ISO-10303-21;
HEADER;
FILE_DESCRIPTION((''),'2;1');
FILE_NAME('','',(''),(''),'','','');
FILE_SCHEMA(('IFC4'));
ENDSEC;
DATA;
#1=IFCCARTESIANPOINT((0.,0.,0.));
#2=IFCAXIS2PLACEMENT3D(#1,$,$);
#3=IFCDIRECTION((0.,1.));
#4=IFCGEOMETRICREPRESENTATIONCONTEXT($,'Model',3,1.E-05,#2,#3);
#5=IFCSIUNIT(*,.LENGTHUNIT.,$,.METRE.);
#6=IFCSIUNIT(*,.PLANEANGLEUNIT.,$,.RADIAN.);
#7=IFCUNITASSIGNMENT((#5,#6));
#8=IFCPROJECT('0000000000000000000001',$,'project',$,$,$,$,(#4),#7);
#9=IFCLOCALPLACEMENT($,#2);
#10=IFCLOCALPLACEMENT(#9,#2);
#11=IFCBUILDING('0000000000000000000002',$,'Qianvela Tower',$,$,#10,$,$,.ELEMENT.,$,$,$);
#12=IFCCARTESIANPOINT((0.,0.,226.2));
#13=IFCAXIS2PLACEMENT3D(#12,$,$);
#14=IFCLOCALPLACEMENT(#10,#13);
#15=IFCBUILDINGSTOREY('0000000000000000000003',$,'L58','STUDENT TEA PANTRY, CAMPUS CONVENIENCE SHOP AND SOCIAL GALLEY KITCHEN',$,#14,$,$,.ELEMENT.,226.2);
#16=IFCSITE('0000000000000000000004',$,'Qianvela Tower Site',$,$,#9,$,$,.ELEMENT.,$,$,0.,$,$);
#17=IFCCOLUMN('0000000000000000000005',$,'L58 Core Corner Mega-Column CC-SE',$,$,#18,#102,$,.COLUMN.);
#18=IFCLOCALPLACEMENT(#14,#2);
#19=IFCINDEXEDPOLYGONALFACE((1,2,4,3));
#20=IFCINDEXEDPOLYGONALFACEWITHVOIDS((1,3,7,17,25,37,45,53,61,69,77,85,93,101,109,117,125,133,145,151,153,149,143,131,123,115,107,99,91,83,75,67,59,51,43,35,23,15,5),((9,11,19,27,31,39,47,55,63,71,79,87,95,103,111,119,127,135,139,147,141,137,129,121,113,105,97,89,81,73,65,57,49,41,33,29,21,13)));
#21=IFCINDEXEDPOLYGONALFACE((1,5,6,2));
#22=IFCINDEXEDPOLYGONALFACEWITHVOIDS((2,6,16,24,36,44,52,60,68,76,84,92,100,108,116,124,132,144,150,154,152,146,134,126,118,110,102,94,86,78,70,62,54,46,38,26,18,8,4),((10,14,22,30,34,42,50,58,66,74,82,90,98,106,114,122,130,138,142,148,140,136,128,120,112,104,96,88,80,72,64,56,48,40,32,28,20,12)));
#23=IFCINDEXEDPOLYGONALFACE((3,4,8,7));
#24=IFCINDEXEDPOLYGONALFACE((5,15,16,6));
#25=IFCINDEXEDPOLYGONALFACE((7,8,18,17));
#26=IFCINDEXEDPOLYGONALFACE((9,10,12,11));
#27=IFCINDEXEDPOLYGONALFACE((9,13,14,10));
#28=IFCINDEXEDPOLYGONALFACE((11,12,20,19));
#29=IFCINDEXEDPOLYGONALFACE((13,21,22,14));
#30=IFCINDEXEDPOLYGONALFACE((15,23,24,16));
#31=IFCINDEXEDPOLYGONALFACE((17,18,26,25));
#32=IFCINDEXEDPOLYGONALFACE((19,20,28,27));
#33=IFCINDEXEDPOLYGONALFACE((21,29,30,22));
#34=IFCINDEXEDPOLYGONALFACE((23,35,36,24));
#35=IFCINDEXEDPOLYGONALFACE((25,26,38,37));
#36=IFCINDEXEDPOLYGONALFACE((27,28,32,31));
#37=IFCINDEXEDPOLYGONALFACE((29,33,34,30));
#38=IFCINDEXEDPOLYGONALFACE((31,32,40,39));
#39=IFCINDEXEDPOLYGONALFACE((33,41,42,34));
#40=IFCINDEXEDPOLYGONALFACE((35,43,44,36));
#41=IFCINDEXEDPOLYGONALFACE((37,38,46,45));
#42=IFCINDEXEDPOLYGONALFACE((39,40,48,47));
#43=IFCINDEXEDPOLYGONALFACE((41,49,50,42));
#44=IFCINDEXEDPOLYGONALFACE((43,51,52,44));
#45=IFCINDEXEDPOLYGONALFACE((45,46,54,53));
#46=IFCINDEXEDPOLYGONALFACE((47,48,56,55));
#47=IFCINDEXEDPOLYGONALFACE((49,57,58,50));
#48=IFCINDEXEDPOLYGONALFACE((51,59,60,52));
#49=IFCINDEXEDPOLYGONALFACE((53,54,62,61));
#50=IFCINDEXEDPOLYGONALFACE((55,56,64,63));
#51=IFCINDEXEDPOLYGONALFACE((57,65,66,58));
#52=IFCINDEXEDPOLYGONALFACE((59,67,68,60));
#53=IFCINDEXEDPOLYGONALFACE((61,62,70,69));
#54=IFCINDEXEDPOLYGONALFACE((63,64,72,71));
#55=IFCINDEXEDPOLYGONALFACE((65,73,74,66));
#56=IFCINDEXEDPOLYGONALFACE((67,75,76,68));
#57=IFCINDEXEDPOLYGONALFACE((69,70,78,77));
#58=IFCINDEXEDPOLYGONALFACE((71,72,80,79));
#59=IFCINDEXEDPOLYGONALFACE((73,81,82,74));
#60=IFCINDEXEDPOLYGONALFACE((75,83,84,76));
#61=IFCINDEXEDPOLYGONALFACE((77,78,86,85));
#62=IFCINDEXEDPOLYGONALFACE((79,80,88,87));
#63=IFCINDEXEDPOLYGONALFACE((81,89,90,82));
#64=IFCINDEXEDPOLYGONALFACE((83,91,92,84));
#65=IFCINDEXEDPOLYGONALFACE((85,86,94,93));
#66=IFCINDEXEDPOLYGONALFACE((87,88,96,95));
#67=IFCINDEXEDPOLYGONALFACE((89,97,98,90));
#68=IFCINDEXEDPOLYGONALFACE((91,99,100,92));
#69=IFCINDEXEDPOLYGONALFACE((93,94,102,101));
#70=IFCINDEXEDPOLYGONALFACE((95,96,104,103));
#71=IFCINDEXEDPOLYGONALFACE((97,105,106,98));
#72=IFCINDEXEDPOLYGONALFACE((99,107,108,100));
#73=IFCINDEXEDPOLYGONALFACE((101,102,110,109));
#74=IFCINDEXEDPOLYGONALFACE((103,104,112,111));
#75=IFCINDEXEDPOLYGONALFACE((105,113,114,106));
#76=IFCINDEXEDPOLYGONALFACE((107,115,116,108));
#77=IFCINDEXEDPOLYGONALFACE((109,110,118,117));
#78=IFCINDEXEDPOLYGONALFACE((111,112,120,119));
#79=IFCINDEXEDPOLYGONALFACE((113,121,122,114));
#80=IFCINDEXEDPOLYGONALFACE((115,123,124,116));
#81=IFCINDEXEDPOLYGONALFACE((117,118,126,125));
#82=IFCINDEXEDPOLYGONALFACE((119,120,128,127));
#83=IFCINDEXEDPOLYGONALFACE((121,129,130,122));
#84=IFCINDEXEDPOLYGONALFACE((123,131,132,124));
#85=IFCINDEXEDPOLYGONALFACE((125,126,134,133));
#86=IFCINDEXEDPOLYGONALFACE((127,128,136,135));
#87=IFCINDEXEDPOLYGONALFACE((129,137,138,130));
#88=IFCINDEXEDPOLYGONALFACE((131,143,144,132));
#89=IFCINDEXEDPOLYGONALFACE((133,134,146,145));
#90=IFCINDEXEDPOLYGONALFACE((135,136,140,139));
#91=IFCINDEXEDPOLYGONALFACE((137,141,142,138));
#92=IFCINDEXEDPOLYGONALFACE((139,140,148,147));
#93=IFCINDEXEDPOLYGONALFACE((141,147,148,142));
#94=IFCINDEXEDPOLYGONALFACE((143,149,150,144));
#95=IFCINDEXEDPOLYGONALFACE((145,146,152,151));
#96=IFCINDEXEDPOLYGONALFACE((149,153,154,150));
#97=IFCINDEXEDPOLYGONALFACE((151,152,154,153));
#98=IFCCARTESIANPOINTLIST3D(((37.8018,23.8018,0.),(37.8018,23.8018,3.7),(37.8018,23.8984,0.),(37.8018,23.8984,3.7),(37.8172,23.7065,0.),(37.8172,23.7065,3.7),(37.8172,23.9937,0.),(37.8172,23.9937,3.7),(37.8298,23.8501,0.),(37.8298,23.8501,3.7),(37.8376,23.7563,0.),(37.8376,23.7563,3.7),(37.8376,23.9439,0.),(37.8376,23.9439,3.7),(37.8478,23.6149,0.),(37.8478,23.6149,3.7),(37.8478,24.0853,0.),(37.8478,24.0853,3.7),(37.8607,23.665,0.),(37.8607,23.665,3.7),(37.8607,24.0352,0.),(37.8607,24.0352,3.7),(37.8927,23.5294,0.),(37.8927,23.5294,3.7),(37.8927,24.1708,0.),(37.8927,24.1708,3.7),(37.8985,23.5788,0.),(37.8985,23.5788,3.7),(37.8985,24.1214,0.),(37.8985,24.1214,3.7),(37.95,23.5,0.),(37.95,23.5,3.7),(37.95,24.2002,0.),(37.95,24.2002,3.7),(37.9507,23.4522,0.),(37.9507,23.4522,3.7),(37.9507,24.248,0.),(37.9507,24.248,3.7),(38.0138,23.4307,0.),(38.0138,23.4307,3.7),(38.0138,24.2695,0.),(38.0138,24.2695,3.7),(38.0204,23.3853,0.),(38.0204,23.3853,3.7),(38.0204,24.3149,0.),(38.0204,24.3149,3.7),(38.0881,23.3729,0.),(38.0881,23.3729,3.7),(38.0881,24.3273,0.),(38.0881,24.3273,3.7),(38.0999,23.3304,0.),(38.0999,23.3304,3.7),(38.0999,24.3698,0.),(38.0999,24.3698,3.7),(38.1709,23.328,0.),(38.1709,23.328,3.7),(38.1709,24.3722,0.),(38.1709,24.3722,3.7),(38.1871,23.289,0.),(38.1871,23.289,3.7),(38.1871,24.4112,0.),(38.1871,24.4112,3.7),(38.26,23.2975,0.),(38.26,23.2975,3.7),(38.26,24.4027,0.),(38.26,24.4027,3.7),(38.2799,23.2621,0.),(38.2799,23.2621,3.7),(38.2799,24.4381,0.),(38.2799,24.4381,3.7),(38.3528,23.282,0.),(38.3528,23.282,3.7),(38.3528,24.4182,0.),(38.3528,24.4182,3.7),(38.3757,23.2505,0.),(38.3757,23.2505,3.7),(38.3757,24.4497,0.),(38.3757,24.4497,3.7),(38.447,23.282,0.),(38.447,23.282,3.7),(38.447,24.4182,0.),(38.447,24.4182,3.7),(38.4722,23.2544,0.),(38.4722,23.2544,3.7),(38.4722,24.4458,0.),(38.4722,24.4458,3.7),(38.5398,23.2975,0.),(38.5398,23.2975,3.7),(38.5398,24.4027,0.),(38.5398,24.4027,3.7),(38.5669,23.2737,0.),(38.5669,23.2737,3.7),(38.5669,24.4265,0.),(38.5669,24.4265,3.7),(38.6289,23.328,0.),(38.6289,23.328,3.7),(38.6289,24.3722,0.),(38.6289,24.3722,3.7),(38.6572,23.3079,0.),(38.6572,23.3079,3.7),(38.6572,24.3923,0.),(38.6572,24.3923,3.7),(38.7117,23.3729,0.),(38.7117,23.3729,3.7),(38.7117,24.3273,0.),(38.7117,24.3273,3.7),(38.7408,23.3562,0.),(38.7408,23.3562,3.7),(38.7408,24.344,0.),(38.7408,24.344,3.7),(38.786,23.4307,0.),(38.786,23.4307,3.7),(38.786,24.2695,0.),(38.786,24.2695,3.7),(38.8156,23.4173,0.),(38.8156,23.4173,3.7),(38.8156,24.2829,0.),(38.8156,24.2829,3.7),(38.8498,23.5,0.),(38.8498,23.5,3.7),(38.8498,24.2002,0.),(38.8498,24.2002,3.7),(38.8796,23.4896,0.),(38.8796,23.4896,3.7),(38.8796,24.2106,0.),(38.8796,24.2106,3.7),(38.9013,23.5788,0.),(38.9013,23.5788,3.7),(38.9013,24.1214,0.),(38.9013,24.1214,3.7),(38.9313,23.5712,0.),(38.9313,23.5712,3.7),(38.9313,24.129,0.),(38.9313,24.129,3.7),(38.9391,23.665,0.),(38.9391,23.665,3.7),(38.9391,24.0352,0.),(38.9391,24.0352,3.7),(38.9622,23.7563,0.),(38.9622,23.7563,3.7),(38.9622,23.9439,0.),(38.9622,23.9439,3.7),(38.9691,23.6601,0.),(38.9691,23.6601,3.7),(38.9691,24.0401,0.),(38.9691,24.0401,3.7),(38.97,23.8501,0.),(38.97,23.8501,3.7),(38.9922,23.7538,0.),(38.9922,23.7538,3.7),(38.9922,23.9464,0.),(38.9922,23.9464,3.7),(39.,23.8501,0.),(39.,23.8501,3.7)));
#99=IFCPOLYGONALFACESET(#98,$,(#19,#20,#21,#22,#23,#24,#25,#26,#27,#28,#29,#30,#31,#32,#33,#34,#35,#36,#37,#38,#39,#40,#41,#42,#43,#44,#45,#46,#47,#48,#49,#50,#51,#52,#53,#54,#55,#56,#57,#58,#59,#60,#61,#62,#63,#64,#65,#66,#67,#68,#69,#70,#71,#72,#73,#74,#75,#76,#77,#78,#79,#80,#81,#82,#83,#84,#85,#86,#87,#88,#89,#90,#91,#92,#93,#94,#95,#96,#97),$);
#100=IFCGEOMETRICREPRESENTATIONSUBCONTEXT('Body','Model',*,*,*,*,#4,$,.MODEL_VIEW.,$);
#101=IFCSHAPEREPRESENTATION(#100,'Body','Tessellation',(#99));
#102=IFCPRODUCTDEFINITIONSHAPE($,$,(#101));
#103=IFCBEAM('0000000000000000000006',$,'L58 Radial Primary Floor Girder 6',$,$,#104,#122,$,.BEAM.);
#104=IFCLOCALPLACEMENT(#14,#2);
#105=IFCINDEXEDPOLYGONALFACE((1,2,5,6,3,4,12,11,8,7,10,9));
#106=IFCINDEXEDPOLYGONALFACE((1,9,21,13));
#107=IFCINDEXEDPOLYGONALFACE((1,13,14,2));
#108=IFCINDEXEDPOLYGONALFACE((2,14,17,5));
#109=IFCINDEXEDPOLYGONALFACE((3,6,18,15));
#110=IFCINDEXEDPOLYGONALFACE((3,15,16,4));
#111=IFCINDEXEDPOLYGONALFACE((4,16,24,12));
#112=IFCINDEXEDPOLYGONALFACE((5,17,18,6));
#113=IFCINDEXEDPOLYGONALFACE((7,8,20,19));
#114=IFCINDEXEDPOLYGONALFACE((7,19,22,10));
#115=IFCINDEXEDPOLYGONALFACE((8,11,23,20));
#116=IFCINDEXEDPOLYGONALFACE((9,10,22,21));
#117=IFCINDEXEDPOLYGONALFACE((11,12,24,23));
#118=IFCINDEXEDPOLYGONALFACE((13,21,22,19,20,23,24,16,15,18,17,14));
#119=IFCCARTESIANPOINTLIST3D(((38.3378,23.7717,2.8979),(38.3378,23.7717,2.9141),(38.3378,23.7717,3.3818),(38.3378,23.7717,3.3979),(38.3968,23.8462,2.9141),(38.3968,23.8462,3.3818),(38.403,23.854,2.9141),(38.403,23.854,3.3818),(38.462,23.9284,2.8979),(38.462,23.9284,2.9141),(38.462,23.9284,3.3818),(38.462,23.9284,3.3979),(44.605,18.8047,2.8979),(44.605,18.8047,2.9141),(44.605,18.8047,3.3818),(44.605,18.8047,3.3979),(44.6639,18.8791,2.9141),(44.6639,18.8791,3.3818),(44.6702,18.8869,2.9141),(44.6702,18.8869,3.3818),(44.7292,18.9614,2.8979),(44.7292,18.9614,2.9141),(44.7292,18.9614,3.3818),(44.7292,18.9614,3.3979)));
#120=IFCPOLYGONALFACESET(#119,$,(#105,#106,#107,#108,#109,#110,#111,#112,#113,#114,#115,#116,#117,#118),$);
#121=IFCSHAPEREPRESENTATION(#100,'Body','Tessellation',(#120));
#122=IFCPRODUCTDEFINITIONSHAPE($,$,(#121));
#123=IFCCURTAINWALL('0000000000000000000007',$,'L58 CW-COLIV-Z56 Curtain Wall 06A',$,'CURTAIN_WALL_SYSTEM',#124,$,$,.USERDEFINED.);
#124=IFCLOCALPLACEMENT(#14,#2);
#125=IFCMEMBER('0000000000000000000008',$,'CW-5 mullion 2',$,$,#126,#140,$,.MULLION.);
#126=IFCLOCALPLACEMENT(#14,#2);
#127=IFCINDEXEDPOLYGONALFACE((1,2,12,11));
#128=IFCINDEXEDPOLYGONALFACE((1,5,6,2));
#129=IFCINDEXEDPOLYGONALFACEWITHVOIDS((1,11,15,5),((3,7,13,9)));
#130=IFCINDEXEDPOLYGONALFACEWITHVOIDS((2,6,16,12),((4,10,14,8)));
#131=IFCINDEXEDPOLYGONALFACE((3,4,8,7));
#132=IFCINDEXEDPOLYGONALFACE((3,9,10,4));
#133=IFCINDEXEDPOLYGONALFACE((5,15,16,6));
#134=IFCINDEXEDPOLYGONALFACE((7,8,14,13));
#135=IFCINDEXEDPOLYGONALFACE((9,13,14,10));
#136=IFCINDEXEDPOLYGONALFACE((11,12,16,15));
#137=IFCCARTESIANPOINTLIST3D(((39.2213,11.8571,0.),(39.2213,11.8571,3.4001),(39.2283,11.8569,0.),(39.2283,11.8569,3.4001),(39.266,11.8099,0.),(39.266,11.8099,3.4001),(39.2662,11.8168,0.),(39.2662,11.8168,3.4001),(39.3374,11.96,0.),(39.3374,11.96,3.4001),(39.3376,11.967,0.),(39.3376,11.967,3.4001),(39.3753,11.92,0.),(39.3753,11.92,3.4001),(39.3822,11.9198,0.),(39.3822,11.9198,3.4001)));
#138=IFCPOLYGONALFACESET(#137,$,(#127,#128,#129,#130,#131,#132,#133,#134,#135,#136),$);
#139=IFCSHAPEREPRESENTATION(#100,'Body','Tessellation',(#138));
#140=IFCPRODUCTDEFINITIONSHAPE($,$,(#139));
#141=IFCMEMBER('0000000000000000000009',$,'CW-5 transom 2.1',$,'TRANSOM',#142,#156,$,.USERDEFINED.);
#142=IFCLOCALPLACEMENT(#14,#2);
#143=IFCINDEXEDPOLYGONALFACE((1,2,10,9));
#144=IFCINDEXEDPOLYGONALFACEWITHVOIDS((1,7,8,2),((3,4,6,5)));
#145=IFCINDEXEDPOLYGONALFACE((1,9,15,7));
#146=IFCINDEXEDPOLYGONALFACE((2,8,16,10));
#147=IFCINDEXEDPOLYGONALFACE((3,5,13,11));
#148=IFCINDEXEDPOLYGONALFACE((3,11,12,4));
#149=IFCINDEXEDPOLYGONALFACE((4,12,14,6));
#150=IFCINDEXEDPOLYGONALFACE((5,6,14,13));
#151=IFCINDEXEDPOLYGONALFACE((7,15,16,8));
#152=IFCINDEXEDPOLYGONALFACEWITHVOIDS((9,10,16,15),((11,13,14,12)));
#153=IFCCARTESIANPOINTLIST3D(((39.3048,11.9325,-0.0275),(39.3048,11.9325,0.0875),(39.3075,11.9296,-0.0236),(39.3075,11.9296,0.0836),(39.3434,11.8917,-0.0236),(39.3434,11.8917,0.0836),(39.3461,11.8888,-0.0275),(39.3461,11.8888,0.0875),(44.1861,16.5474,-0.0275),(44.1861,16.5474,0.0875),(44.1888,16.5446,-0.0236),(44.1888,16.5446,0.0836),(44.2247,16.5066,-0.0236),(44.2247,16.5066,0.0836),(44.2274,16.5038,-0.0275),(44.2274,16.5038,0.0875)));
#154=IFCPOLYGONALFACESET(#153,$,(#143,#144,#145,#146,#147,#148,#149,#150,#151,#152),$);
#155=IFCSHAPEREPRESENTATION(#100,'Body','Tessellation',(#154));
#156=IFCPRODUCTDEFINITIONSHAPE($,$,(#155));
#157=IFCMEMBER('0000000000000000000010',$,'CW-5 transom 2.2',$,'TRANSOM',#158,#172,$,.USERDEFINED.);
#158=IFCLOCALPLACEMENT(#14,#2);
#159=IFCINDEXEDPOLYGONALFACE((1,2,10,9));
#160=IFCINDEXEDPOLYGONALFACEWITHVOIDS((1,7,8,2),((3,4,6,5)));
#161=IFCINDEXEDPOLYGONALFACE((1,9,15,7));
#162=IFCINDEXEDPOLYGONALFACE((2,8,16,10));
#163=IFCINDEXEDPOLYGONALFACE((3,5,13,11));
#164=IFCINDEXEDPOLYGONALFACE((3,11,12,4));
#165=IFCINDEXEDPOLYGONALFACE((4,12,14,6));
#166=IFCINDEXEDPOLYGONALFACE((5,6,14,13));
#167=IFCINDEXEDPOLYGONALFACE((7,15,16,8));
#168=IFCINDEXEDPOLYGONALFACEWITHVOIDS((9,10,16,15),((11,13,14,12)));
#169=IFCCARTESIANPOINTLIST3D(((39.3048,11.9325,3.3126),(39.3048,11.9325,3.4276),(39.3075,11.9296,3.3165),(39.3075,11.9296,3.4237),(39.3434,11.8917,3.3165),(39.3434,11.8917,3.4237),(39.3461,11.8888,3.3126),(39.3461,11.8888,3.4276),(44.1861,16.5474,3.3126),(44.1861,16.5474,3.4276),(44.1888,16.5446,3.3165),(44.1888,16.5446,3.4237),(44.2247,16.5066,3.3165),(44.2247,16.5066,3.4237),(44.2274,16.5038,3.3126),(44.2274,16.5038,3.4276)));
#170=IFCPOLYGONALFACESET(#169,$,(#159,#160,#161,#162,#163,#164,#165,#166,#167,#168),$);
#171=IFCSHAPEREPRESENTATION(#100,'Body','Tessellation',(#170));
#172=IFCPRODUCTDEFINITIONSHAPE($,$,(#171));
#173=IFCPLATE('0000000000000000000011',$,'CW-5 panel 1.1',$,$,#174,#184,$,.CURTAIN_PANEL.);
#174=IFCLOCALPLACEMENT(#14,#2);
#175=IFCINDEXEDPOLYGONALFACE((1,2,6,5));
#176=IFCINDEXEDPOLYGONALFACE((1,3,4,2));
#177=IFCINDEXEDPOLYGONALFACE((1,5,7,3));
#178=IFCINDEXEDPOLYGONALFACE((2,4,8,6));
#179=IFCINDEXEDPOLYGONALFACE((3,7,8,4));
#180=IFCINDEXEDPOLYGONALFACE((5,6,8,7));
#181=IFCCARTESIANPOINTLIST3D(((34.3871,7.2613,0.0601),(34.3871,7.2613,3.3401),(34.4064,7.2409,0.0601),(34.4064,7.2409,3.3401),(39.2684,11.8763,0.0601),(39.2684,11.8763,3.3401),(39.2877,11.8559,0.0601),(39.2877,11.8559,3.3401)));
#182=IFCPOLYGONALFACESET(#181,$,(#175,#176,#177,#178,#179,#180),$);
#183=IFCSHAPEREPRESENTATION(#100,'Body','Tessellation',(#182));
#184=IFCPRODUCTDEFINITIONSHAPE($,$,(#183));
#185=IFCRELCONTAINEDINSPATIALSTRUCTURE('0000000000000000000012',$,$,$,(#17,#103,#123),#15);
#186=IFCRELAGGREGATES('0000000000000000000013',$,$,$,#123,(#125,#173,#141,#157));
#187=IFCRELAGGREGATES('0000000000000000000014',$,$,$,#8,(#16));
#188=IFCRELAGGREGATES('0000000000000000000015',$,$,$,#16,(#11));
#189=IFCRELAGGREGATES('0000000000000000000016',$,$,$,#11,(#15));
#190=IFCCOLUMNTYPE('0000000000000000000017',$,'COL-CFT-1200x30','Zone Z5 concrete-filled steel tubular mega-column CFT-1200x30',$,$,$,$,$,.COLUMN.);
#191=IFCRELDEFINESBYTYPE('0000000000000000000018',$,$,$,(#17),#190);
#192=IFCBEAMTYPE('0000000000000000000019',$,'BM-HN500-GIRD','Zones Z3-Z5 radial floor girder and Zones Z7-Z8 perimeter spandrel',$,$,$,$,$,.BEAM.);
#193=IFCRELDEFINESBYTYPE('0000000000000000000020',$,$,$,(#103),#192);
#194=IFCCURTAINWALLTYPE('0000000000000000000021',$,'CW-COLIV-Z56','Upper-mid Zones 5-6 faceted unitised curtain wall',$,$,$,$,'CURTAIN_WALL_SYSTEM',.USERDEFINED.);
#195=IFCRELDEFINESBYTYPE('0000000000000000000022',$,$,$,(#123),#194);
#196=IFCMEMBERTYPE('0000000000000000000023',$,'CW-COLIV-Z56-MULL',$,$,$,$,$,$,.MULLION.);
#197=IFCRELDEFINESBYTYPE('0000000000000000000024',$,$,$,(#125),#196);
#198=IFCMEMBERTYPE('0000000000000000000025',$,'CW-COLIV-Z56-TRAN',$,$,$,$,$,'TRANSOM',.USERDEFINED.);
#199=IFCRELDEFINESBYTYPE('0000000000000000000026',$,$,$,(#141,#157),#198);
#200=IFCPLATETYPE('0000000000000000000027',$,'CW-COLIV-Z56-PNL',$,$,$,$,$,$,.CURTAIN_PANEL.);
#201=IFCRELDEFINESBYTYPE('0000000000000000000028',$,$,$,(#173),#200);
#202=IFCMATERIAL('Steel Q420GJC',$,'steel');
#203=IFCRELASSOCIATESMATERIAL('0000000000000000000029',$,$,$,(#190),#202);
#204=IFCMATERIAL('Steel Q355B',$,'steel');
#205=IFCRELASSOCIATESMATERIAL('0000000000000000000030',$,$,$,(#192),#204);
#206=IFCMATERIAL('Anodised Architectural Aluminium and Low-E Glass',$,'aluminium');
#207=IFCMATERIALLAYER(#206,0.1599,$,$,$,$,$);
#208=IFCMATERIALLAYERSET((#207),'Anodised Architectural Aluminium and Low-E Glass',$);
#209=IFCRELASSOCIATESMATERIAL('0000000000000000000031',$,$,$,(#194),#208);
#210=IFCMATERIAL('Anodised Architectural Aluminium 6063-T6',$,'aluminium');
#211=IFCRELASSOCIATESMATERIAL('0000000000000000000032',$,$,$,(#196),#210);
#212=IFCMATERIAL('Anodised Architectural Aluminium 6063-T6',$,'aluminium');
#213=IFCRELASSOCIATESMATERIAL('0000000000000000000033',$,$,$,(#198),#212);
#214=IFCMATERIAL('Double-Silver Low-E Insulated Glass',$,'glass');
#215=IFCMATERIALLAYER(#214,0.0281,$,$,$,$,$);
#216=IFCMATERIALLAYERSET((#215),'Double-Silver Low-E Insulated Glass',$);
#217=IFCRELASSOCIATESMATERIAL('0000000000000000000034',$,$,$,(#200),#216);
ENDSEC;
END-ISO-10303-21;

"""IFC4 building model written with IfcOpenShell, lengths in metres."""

from ifc_helpers import new_model, si_unit, direction, frame, origin, origin_2d, place, context, subcontext, project, spatial, rectangle, hollow_rectangle, hollow_circle, i_section, extrude, material, layer, layer_set, material_profile, profile_set, type_object, element, aggregate, save


model = new_model("IFC4")

# Units and contexts
model_context = context("Model", 3, precision=1e-05, world=origin(), true_north=direction((0.0, 1.0)))
body_context = subcontext(model_context, "Body", "Model", "MODEL_VIEW")
ifc_project = project(units=[si_unit("LENGTHUNIT", "METRE"), si_unit("PLANEANGLEUNIT", "RADIAN")], contexts=[model_context])

# Site, building, storey
site_placement = place(None, origin())
site = spatial("IfcSite", under=ifc_project, at=site_placement, Name="Qianvela Tower Site", CompositionType="ELEMENT", RefElevation=0.0)
building_placement = place(site_placement, origin())
building = spatial("IfcBuilding", under=site, at=building_placement, Name="Qianvela Tower", CompositionType="ELEMENT")
storey_placement = place(building_placement, frame((0.0, 0.0, 226.2)))
storey = spatial("IfcBuildingStorey", under=building, at=storey_placement, Name="L58", Description="STUDENT TEA PANTRY, CAMPUS CONVENIENCE SHOP AND SOCIAL GALLEY KITCHEN", CompositionType="ELEMENT", Elevation=226.2)

# Column
ifc_material_1 = material(Name="Steel Q420GJC", Category="steel")
ifc_material_profile_1 = material_profile(ifc_material_1, hollow_circle(Radius=0.6001, WallThickness=0.03, at=origin_2d()), Name="CFT-1200x30")
ifc_profile_set_1 = profile_set([ifc_material_profile_1], Name="Steel Q420GJC")
column_type = type_object("IfcColumnType", Name="COL-CFT-1200x30", Description="Zone Z5 concrete-filled steel tubular mega-column CFT-1200x30", PredefinedType="COLUMN", material=ifc_profile_set_1)
column_placement = place(storey_placement, frame((38.3999, 23.8501, 0.0), z_axis=(0.0, 0.0, 1.0), x_axis=(1.0, 0.0, 0.0)))
element("IfcColumn", 1, at=column_placement, inside=storey, type_object=column_type, Name="L58 Core Corner Mega-Column CC-SE", PredefinedType="COLUMN", context=body_context, shape_type="SweptSolid", body=[
    extrude(hollow_circle(Radius=0.6001, WallThickness=0.03, at=origin_2d()), origin(), (0.0, 0.0, 1.0), 3.7),
])

# Beam
ifc_material_2 = material(Name="Steel Q355B", Category="steel")
ifc_material_profile_2 = material_profile(ifc_material_2, i_section(OverallWidth=0.2, OverallDepth=0.5, WebThickness=0.01, FlangeThickness=0.0161, at=origin_2d()), Name="HN500x200x10x16")
ifc_profile_set_2 = profile_set([ifc_material_profile_2], Name="Steel Q355B")
beam_type = type_object("IfcBeamType", Name="BM-HN500-GIRD", Description="Zones Z3-Z5 radial floor girder and Zones Z7-Z8 perimeter spandrel", PredefinedType="BEAM", material=ifc_profile_set_2)
beam_placement = place(storey_placement, frame((38.3999, 23.8501, 3.1479), z_axis=(0.783705, -0.621133, 0.0), x_axis=(0.621133, 0.783705, 0.0)))
element("IfcBeam", 2, at=beam_placement, inside=storey, type_object=beam_type, Name="L58 Radial Primary Floor Girder 6", PredefinedType="BEAM", context=body_context, shape_type="SweptSolid", body=[
    extrude(i_section(OverallWidth=0.2, OverallDepth=0.5, WebThickness=0.01, FlangeThickness=0.0161, at=origin_2d()), origin(), (0.0, 0.0, 1.0), 7.9968),
])

# Curtain wall, members, plate
ifc_material_3 = material(Name="Anodised Architectural Aluminium and Low-E Glass", Category="aluminium")
ifc_layer_1 = layer(ifc_material_3, 0.1599)
ifc_layer_set_1 = layer_set([ifc_layer_1], Name="Anodised Architectural Aluminium and Low-E Glass")
curtain_wall_type = type_object("IfcCurtainWallType", Name="CW-COLIV-Z56", Description="Upper-mid Zones 5-6 faceted unitised curtain wall", ElementType="CURTAIN_WALL_SYSTEM", PredefinedType="USERDEFINED", material=ifc_layer_set_1)
curtain_wall_placement = place(storey_placement, origin())
curtain_wall = element("IfcCurtainWall", 3, at=curtain_wall_placement, inside=storey, type_object=curtain_wall_type, Name="L58 CW-COLIV-Z56 Curtain Wall 06A", ObjectType="CURTAIN_WALL_SYSTEM", PredefinedType="USERDEFINED")
ifc_material_4 = material(Name="Anodised Architectural Aluminium 6063-T6", Category="aluminium")
ifc_material_profile_3 = material_profile(ifc_material_4, hollow_rectangle(XDim=0.0649, YDim=0.1599, WallThickness=0.0049, at=origin_2d()), Name="ALU-MULL-65x160")
ifc_profile_set_3 = profile_set([ifc_material_profile_3], Name="Anodised Architectural Aluminium 6063-T6")
member_type_1 = type_object("IfcMemberType", Name="CW-COLIV-Z56-MULL", PredefinedType="MULLION", material=ifc_profile_set_3)
member_1_placement = place(storey_placement, frame((39.3018, 11.8884, 0.0), z_axis=(0.0, 0.0, 1.0), x_axis=(-0.686997, 0.72666, 0.0)))
member_1 = element("IfcMember", 4, at=member_1_placement, type_object=member_type_1, Name="CW-5 mullion 2", PredefinedType="MULLION", context=body_context, shape_type="SweptSolid", body=[
    extrude(hollow_rectangle(XDim=0.0649, YDim=0.1599, WallThickness=0.0049, at=origin_2d()), origin(), (0.0, 0.0, 1.0), 3.4001),
])
ifc_material_5 = material(Name="Anodised Architectural Aluminium 6063-T6", Category="aluminium")
ifc_material_profile_4 = material_profile(ifc_material_5, hollow_rectangle(XDim=0.0601, YDim=0.115, WallThickness=0.0039, at=origin_2d()), Name="ALU-TRAN-60x115")
ifc_profile_set_4 = profile_set([ifc_material_profile_4], Name="Anodised Architectural Aluminium 6063-T6")
member_type_2 = type_object("IfcMemberType", Name="CW-COLIV-Z56-TRAN", ElementType="TRANSOM", PredefinedType="USERDEFINED", material=ifc_profile_set_4)
member_2_placement = place(storey_placement, frame((39.3254, 11.9106, 0.03), z_axis=(0.726654, 0.687003, 0.0), x_axis=(-0.687003, 0.726654, 0.0)))
member_2 = element("IfcMember", 5, at=member_2_placement, type_object=member_type_2, Name="CW-5 transom 2.1", ObjectType="TRANSOM", PredefinedType="USERDEFINED", context=body_context, shape_type="SweptSolid", body=[
    extrude(hollow_rectangle(XDim=0.0601, YDim=0.115, WallThickness=0.0039, at=origin_2d()), origin(), (0.0, 0.0, 1.0), 6.7175),
])
member_3_placement = place(storey_placement, frame((39.3254, 11.9106, 3.3701), z_axis=(0.726654, 0.687003, 0.0), x_axis=(-0.687003, 0.726654, 0.0)))
member_3 = element("IfcMember", 6, at=member_3_placement, type_object=member_type_2, Name="CW-5 transom 2.2", ObjectType="TRANSOM", PredefinedType="USERDEFINED", context=body_context, shape_type="SweptSolid", body=[
    extrude(hollow_rectangle(XDim=0.0601, YDim=0.115, WallThickness=0.0039, at=origin_2d()), origin(), (0.0, 0.0, 1.0), 6.7175),
])
ifc_material_6 = material(Name="Double-Silver Low-E Insulated Glass", Category="glass")
ifc_layer_2 = layer(ifc_material_6, 0.0281)
ifc_layer_set_2 = layer_set([ifc_layer_2], Name="Double-Silver Low-E Insulated Glass")
plate_type = type_object("IfcPlateType", Name="CW-COLIV-Z56-PNL", PredefinedType="CURTAIN_PANEL", material=ifc_layer_set_2)
plate_placement = place(storey_placement, frame((36.8374, 9.5586, 0.0601), z_axis=(0.0, 0.0, 1.0), x_axis=(0.72666, 0.686997, 0.0)))
plate = element("IfcPlate", 7, at=plate_placement, type_object=plate_type, Name="CW-5 panel 1.1", PredefinedType="CURTAIN_PANEL", context=body_context, shape_type="SweptSolid", body=[
    extrude(rectangle(XDim=6.7175, YDim=0.0281, at=origin_2d()), origin(), (0.0, 0.0, 1.0), 3.28),
])
aggregate(curtain_wall, [member_1, plate, member_2, member_3])

save(model, "model.ifc")
